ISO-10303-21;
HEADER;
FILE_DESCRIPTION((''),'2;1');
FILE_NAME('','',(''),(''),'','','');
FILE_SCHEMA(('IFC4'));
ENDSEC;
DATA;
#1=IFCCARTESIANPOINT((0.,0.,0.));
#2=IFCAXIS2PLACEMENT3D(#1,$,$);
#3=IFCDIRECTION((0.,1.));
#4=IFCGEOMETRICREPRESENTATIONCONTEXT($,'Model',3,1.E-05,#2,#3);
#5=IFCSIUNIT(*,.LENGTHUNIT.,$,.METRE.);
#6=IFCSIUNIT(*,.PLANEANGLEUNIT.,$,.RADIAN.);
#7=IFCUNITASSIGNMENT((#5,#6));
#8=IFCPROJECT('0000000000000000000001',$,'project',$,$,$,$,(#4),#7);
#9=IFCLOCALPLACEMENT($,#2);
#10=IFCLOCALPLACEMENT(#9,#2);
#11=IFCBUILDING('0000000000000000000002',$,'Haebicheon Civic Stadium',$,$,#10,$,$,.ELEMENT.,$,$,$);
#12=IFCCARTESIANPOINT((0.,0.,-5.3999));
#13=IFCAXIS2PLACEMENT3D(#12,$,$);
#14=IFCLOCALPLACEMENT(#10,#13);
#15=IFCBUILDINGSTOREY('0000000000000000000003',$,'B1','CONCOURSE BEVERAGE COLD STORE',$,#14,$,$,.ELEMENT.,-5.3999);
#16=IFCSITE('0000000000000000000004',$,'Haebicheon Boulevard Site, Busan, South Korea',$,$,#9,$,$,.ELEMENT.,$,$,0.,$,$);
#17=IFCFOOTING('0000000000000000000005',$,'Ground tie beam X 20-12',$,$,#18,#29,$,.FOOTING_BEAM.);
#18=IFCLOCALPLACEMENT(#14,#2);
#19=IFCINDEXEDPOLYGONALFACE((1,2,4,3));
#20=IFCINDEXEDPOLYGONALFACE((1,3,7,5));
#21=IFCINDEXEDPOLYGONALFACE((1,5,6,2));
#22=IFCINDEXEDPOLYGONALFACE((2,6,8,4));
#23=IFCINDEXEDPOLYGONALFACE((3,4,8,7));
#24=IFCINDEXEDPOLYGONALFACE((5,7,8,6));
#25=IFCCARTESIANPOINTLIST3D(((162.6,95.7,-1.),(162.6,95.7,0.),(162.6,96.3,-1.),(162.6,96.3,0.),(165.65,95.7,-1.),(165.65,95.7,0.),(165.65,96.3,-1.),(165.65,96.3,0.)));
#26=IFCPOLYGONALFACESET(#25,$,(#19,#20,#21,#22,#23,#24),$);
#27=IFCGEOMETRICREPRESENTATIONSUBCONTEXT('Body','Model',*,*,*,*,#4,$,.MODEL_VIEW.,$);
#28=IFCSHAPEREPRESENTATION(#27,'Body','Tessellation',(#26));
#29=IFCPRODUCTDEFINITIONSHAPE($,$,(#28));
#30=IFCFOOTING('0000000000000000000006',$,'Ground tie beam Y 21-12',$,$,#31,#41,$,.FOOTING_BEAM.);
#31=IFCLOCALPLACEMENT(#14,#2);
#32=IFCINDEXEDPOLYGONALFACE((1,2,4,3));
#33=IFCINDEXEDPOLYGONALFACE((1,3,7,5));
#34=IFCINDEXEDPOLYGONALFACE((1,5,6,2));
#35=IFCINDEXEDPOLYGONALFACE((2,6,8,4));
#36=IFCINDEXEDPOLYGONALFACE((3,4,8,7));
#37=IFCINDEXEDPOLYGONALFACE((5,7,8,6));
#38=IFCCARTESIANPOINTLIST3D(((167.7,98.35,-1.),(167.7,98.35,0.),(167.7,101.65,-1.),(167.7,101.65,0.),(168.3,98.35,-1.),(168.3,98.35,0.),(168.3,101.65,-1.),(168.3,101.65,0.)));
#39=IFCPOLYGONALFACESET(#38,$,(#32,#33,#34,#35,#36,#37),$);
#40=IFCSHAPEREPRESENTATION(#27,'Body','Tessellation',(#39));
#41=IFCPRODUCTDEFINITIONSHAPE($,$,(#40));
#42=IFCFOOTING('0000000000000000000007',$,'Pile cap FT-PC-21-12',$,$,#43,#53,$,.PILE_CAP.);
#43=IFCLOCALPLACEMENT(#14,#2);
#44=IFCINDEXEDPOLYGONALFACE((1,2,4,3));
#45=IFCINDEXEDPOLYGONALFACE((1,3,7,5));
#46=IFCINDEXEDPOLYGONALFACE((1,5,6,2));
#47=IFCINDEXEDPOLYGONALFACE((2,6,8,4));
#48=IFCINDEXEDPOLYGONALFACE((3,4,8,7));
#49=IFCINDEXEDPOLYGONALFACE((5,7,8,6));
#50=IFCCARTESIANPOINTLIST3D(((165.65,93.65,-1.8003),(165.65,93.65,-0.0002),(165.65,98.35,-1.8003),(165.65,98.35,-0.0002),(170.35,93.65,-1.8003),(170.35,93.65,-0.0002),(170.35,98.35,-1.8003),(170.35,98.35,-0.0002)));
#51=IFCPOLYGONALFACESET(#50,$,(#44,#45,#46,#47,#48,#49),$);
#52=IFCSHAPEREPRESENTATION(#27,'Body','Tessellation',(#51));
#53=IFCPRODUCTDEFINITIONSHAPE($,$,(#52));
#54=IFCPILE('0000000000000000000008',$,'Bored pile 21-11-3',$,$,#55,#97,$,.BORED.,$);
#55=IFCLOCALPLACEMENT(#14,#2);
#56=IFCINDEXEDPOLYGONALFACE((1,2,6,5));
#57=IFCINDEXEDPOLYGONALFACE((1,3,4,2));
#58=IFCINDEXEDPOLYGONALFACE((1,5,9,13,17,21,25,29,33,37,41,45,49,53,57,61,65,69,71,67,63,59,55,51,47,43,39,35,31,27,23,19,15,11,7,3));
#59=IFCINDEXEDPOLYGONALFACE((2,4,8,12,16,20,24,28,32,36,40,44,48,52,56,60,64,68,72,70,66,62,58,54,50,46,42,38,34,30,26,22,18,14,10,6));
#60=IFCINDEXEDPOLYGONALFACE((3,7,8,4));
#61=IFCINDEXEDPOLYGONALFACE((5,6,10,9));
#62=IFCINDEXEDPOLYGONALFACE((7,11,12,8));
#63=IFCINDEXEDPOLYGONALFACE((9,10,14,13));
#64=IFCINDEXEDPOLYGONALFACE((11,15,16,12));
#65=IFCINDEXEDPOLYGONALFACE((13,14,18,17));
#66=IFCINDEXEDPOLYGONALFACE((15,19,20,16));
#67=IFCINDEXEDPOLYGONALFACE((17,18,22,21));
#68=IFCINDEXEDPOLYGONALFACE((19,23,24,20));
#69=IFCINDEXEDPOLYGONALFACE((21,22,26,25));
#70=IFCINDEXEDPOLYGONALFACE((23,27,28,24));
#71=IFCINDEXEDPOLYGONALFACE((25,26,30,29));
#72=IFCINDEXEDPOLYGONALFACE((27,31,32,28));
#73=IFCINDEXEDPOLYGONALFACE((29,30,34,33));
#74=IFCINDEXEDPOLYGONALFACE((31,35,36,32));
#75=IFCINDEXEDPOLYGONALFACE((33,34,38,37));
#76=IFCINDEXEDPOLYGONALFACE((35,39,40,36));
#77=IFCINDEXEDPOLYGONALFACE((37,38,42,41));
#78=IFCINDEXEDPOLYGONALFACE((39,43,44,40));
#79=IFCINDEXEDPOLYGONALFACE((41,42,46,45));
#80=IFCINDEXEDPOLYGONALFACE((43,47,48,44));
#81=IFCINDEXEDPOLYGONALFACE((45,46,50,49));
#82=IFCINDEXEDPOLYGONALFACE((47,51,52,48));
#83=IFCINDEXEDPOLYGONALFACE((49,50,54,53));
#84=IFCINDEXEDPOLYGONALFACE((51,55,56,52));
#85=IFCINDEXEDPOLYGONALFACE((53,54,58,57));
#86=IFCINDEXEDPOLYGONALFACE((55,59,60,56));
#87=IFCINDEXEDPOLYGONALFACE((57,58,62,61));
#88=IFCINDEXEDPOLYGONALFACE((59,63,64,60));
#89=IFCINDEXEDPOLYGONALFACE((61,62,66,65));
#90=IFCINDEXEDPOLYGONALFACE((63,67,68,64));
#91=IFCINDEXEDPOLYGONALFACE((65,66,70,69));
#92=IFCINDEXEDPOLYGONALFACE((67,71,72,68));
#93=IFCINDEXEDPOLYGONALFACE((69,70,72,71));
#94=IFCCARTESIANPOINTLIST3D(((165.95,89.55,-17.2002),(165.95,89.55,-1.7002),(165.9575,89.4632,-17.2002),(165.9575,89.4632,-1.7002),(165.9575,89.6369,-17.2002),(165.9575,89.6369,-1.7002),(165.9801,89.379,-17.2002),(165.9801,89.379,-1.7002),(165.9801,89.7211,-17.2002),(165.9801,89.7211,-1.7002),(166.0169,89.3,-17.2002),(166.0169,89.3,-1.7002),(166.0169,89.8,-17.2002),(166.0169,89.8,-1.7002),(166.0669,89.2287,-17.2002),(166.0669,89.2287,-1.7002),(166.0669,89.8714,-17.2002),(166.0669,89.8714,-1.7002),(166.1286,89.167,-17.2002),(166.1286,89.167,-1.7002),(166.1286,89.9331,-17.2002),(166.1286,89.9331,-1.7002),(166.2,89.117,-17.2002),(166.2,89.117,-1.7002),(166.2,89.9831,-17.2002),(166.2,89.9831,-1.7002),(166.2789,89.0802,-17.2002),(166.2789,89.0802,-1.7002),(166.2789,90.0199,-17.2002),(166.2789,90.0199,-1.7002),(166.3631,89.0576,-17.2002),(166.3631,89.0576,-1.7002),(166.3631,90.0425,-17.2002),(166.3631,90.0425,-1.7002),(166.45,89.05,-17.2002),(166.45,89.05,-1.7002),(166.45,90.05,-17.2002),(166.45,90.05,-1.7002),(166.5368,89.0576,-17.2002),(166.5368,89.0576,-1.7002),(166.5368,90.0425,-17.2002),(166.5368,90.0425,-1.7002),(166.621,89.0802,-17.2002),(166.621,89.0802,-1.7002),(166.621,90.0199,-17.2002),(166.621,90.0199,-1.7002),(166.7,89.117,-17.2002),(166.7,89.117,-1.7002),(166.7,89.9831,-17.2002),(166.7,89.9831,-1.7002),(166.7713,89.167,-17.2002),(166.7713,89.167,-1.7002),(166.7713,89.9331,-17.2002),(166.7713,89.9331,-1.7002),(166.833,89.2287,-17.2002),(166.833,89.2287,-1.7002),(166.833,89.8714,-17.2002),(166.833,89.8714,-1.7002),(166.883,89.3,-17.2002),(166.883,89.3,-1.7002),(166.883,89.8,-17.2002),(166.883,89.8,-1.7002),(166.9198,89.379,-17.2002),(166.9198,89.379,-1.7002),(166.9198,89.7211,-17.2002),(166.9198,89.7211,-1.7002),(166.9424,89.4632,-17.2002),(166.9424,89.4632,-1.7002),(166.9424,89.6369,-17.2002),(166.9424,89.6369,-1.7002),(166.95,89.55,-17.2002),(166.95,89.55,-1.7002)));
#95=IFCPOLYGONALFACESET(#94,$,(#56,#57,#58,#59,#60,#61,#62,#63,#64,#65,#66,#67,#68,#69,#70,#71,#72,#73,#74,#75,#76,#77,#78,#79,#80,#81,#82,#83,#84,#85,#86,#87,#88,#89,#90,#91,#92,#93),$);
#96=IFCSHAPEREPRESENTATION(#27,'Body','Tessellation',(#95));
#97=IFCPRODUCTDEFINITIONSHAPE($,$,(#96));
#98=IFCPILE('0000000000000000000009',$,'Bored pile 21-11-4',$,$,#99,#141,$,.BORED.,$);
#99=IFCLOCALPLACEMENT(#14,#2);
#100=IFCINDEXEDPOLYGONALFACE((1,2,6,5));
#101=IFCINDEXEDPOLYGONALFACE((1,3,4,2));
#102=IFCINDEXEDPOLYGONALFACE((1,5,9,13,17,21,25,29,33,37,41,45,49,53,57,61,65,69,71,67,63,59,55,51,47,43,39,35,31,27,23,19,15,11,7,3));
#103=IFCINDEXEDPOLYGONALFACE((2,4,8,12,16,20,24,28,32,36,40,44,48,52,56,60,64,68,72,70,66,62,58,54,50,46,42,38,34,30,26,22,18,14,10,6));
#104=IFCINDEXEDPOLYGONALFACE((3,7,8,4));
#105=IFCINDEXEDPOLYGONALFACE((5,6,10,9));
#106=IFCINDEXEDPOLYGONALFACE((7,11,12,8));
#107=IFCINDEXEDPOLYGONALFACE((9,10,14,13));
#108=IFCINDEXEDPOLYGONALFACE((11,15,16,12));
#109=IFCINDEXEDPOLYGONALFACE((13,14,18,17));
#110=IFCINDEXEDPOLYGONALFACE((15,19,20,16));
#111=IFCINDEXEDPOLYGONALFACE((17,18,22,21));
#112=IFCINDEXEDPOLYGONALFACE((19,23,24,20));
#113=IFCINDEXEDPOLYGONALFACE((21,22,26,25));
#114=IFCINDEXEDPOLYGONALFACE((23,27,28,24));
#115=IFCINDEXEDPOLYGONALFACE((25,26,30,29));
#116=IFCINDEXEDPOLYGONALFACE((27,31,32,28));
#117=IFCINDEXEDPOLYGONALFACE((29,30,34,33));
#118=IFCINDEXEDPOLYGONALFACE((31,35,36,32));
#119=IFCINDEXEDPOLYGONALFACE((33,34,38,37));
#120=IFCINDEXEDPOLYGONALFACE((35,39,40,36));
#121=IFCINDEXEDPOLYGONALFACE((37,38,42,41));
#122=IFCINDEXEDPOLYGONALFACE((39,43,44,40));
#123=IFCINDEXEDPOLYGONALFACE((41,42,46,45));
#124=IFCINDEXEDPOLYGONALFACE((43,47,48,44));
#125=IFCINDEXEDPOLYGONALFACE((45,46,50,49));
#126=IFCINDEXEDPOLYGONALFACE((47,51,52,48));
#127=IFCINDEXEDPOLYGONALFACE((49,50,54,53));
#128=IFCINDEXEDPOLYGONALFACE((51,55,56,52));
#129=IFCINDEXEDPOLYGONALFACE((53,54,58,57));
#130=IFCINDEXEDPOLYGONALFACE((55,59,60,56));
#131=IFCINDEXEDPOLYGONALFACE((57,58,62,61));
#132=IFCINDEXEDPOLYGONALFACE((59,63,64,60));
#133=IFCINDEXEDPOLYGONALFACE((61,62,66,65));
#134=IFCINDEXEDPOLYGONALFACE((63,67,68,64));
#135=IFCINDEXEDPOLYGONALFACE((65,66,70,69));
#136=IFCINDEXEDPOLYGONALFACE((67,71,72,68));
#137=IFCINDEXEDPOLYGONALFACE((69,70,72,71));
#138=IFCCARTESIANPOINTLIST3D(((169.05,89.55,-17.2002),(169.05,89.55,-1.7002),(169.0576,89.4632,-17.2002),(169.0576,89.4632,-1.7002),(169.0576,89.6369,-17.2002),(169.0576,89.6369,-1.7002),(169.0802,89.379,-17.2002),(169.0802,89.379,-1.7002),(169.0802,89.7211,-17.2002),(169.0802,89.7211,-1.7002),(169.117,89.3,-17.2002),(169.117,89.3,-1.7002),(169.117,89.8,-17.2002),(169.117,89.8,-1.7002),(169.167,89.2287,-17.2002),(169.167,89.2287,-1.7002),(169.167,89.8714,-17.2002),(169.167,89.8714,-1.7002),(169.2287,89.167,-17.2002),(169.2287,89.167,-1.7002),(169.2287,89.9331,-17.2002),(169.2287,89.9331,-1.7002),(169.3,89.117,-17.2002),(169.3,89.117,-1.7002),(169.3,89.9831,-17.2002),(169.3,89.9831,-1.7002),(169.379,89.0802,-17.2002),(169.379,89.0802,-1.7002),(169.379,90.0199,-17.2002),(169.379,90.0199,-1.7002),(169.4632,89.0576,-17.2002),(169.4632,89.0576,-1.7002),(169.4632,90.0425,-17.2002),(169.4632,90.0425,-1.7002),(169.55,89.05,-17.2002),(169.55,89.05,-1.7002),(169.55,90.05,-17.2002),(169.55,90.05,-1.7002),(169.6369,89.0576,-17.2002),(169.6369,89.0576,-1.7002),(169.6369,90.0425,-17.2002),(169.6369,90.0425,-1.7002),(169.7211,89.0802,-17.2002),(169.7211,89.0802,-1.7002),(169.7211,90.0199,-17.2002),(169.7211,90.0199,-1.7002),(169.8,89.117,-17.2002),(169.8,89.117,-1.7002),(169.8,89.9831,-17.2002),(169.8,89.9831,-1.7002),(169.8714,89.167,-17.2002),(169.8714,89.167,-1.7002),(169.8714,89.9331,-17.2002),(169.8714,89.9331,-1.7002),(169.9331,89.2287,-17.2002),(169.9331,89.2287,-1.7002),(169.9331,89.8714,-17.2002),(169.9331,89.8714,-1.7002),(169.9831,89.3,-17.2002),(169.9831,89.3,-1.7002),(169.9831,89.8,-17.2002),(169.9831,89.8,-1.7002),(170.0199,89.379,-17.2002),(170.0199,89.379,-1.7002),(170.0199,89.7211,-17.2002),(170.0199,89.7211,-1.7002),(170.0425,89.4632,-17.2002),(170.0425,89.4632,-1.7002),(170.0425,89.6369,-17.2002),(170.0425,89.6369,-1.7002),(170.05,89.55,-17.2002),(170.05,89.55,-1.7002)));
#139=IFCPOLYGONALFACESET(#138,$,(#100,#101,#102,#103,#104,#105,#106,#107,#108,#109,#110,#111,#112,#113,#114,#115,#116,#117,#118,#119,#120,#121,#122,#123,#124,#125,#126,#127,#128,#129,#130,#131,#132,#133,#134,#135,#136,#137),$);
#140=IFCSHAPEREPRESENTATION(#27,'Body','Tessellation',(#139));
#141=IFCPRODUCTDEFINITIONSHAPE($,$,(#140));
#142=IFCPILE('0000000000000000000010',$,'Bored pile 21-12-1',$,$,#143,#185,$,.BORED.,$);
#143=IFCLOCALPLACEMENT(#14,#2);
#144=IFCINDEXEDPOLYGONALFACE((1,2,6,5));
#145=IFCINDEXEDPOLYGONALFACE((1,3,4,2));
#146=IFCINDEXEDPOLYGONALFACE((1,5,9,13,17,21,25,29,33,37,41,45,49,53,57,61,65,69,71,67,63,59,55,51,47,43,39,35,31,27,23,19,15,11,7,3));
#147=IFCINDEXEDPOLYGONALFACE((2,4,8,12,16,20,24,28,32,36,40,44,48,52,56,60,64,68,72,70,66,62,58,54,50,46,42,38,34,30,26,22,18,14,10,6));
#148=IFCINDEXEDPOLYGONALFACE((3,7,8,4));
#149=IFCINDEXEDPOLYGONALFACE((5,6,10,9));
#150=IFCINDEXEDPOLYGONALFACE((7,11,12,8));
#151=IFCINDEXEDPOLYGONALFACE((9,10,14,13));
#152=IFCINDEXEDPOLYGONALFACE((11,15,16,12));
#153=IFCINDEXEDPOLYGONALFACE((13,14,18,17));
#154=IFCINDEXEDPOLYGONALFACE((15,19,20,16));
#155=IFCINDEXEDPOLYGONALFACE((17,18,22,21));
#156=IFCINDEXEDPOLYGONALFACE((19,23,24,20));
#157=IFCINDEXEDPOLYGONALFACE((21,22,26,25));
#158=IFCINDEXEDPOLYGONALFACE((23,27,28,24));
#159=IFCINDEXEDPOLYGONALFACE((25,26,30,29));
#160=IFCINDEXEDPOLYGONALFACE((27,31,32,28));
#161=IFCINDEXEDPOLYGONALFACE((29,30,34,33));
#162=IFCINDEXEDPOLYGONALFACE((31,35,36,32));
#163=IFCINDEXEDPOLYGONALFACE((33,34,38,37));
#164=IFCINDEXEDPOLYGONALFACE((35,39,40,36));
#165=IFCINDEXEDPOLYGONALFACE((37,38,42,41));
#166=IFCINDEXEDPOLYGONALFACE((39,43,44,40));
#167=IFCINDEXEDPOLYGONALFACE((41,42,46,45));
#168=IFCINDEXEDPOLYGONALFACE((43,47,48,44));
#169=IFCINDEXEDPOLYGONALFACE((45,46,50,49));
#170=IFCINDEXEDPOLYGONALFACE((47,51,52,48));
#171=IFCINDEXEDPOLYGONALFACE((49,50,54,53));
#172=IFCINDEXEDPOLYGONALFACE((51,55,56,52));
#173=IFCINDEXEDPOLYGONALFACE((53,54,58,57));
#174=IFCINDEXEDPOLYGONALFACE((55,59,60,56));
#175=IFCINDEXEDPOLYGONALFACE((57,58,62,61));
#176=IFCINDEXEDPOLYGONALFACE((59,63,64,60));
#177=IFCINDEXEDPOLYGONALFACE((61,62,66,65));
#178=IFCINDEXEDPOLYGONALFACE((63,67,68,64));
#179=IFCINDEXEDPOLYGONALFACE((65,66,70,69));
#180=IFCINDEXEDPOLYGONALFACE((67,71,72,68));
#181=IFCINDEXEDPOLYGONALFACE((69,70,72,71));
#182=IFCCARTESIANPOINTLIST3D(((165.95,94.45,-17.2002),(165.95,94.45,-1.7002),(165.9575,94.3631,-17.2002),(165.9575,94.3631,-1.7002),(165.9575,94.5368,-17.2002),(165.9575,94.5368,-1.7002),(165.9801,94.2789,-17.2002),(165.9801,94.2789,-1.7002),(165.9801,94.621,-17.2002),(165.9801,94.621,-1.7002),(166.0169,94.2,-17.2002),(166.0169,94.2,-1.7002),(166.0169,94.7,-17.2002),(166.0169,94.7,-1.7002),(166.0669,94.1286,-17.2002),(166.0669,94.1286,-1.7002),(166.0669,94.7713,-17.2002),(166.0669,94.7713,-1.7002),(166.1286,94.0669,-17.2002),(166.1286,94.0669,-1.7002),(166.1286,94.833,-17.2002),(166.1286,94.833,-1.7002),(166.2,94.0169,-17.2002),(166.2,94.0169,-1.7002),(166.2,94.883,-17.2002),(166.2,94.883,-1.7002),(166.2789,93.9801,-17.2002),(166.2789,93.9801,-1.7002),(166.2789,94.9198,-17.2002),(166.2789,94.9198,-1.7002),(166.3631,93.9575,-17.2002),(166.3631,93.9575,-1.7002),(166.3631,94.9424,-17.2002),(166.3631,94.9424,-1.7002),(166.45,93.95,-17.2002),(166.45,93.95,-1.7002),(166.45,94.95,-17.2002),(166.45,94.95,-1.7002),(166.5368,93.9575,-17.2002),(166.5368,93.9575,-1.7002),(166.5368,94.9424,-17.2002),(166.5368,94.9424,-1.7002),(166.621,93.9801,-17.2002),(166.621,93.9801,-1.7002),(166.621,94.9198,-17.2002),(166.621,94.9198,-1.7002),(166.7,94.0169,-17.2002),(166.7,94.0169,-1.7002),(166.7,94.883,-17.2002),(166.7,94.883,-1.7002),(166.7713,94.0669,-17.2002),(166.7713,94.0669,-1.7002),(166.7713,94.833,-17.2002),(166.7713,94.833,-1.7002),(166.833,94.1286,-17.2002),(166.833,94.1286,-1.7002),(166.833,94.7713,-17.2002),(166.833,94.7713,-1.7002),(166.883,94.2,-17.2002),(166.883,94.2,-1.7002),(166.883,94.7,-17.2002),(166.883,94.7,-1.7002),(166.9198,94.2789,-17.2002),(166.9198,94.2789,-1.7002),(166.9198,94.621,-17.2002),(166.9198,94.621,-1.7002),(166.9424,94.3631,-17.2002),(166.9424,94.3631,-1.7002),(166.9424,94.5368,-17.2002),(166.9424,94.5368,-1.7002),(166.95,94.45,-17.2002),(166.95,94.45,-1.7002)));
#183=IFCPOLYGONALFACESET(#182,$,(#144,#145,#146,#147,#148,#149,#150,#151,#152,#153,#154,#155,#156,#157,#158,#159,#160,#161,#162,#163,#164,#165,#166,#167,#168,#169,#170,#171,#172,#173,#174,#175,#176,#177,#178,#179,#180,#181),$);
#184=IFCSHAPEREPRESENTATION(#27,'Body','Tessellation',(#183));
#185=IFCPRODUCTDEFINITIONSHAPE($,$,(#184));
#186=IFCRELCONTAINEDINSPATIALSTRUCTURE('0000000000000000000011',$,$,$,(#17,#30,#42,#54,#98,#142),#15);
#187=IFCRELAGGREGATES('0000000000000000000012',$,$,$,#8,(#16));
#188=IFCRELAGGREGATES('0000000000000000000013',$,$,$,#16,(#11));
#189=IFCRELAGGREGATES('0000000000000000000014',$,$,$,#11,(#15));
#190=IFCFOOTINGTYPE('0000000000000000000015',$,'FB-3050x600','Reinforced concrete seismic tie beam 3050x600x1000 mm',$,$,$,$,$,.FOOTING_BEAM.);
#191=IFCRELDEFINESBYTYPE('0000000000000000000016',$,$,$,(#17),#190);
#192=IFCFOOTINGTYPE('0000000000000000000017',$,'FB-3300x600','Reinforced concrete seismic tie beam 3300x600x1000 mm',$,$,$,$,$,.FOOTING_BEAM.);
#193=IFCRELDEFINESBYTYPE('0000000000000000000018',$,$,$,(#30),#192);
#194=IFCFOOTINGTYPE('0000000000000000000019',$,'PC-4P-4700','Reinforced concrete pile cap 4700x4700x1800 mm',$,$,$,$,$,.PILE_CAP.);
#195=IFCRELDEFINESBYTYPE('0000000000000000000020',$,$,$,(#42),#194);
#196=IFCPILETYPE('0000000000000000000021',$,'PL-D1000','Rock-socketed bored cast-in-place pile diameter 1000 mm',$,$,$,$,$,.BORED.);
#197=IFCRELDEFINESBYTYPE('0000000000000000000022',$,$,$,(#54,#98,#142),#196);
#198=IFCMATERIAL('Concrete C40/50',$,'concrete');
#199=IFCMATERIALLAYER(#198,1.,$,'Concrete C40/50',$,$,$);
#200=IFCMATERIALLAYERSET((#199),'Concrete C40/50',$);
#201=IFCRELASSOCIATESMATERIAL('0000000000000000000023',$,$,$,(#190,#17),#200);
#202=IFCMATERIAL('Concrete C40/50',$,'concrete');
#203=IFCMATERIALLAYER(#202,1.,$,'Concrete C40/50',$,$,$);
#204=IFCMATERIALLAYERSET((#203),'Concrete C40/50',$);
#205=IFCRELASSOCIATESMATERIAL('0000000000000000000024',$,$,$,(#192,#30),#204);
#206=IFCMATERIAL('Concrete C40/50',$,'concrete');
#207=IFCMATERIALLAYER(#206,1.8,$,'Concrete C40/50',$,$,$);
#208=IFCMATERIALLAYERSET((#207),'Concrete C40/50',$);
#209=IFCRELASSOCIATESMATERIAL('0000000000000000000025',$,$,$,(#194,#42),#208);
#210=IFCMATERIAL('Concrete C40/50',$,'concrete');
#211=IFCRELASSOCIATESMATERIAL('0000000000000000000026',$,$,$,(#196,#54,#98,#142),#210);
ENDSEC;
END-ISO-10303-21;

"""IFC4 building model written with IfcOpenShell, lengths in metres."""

from ifc_helpers import new_model, si_unit, direction, frame, origin, origin_2d, place, context, subcontext, project, spatial, rectangle, circle, extrude, material, layer, layer_set, material_profile, profile_set, type_object, element, save


model = new_model("IFC4")

# Units and contexts
model_context = context("Model", 3, precision=1e-05, world=origin(), true_north=direction((0.0, 1.0)))
body_context = subcontext(model_context, "Body", "Model", "MODEL_VIEW")
ifc_project = project(units=[si_unit("LENGTHUNIT", "METRE"), si_unit("PLANEANGLEUNIT", "RADIAN")], contexts=[model_context])

# Site, building, storey
site_placement = place(None, origin())
site = spatial("IfcSite", under=ifc_project, at=site_placement, Name="Haebicheon Boulevard Site, Busan, South Korea", CompositionType="ELEMENT", RefElevation=0.0)
building_placement = place(site_placement, origin())
building = spatial("IfcBuilding", under=site, at=building_placement, Name="Haebicheon Civic Stadium", CompositionType="ELEMENT")
storey_placement = place(building_placement, frame((0.0, 0.0, -5.3999)))
storey = spatial("IfcBuildingStorey", under=building, at=storey_placement, Name="B1", Description="CONCOURSE BEVERAGE COLD STORE", CompositionType="ELEMENT", Elevation=-5.3999)

# Footings
ifc_material_1 = material(Name="Concrete C40/50", Category="concrete")
ifc_layer_1 = layer(ifc_material_1, 1.0, Name="Concrete C40/50")
ifc_layer_set_1 = layer_set([ifc_layer_1], Name="Concrete C40/50")
footing_type_1 = type_object("IfcFootingType", Name="FB-3050x600", Description="Reinforced concrete seismic tie beam 3050x600x1000 mm", PredefinedType="FOOTING_BEAM", material=ifc_layer_set_1)
footing_1_placement = place(storey_placement, frame((164.125, 96.0, -1.0), z_axis=(0.0, 0.0, 1.0), x_axis=(1.0, 0.0, 0.0)))
element("IfcFooting", 1, at=footing_1_placement, inside=storey, type_object=footing_type_1, material=ifc_layer_set_1, Name="Ground tie beam X 20-12", PredefinedType="FOOTING_BEAM", context=body_context, shape_type="SweptSolid", body=[
    extrude(rectangle(XDim=3.05, YDim=0.6001, at=origin_2d()), origin(), (0.0, 0.0, 1.0), 1.0),
])
ifc_material_2 = material(Name="Concrete C40/50", Category="concrete")
ifc_layer_2 = layer(ifc_material_2, 1.0, Name="Concrete C40/50")
ifc_layer_set_2 = layer_set([ifc_layer_2], Name="Concrete C40/50")
footing_type_2 = type_object("IfcFootingType", Name="FB-3300x600", Description="Reinforced concrete seismic tie beam 3300x600x1000 mm", PredefinedType="FOOTING_BEAM", material=ifc_layer_set_2)
footing_2_placement = place(storey_placement, frame((168.0, 100.0, -1.0), z_axis=(0.0, 0.0, 1.0), x_axis=(0.0, 1.0, 0.0)))
element("IfcFooting", 2, at=footing_2_placement, inside=storey, type_object=footing_type_2, material=ifc_layer_set_2, Name="Ground tie beam Y 21-12", PredefinedType="FOOTING_BEAM", context=body_context, shape_type="SweptSolid", body=[
    extrude(rectangle(XDim=3.3, YDim=0.6001, at=origin_2d()), origin(), (0.0, 0.0, 1.0), 1.0),
])
ifc_material_3 = material(Name="Concrete C40/50", Category="concrete")
ifc_layer_3 = layer(ifc_material_3, 1.8, Name="Concrete C40/50")
ifc_layer_set_3 = layer_set([ifc_layer_3], Name="Concrete C40/50")
footing_type_3 = type_object("IfcFootingType", Name="PC-4P-4700", Description="Reinforced concrete pile cap 4700x4700x1800 mm", PredefinedType="PILE_CAP", material=ifc_layer_set_3)
footing_3_placement = place(storey_placement, frame((168.0, 96.0, -1.8003), z_axis=(0.0, 0.0, 1.0), x_axis=(1.0, 0.0, 0.0)))
element("IfcFooting", 3, at=footing_3_placement, inside=storey, type_object=footing_type_3, material=ifc_layer_set_3, Name="Pile cap FT-PC-21-12", PredefinedType="PILE_CAP", context=body_context, shape_type="SweptSolid", body=[
    extrude(rectangle(XDim=4.7, YDim=4.7, at=origin_2d()), origin(), (0.0, 0.0, 1.0), 1.8),
])

# Piles
ifc_material_4 = material(Name="Concrete C40/50", Category="concrete")
ifc_material_profile_1 = material_profile(ifc_material_4, circle(Radius=0.5, at=origin_2d()), Name="PILE-D1000")
ifc_profile_set_1 = profile_set([ifc_material_profile_1], Name="Concrete C40/50")
pile_type_1 = type_object("IfcPileType", Name="PL-D1000", Description="Rock-socketed bored cast-in-place pile diameter 1000 mm", PredefinedType="BORED", material=ifc_profile_set_1)
for number, where, z_axis, x_axis, name in (
    (4, (166.45, 89.55, -1.7002), (0.0, 0.0, -1.0), (1.0, 0.0, 0.0), "Bored pile 21-11-3"),
    (5, (169.55, 89.55, -1.7002), (0.0, 0.0, -1.0), (1.0, 0.0, 0.0), "Bored pile 21-11-4"),
    (6, (166.45, 94.45, -1.7002), (0.0, 0.0, -1.0), (1.0, 0.0, 0.0), "Bored pile 21-12-1"),
):
    element("IfcPile", number, at=place(storey_placement, frame(where, z_axis=z_axis, x_axis=x_axis)), inside=storey, type_object=pile_type_1, material=ifc_profile_set_1, Name=name, PredefinedType="BORED", context=body_context, shape_type="SweptSolid", body=[
        extrude(circle(Radius=0.5, at=origin_2d()), origin(), (0.0, 0.0, 1.0), 15.5),
    ])

save(model, "model.ifc")
